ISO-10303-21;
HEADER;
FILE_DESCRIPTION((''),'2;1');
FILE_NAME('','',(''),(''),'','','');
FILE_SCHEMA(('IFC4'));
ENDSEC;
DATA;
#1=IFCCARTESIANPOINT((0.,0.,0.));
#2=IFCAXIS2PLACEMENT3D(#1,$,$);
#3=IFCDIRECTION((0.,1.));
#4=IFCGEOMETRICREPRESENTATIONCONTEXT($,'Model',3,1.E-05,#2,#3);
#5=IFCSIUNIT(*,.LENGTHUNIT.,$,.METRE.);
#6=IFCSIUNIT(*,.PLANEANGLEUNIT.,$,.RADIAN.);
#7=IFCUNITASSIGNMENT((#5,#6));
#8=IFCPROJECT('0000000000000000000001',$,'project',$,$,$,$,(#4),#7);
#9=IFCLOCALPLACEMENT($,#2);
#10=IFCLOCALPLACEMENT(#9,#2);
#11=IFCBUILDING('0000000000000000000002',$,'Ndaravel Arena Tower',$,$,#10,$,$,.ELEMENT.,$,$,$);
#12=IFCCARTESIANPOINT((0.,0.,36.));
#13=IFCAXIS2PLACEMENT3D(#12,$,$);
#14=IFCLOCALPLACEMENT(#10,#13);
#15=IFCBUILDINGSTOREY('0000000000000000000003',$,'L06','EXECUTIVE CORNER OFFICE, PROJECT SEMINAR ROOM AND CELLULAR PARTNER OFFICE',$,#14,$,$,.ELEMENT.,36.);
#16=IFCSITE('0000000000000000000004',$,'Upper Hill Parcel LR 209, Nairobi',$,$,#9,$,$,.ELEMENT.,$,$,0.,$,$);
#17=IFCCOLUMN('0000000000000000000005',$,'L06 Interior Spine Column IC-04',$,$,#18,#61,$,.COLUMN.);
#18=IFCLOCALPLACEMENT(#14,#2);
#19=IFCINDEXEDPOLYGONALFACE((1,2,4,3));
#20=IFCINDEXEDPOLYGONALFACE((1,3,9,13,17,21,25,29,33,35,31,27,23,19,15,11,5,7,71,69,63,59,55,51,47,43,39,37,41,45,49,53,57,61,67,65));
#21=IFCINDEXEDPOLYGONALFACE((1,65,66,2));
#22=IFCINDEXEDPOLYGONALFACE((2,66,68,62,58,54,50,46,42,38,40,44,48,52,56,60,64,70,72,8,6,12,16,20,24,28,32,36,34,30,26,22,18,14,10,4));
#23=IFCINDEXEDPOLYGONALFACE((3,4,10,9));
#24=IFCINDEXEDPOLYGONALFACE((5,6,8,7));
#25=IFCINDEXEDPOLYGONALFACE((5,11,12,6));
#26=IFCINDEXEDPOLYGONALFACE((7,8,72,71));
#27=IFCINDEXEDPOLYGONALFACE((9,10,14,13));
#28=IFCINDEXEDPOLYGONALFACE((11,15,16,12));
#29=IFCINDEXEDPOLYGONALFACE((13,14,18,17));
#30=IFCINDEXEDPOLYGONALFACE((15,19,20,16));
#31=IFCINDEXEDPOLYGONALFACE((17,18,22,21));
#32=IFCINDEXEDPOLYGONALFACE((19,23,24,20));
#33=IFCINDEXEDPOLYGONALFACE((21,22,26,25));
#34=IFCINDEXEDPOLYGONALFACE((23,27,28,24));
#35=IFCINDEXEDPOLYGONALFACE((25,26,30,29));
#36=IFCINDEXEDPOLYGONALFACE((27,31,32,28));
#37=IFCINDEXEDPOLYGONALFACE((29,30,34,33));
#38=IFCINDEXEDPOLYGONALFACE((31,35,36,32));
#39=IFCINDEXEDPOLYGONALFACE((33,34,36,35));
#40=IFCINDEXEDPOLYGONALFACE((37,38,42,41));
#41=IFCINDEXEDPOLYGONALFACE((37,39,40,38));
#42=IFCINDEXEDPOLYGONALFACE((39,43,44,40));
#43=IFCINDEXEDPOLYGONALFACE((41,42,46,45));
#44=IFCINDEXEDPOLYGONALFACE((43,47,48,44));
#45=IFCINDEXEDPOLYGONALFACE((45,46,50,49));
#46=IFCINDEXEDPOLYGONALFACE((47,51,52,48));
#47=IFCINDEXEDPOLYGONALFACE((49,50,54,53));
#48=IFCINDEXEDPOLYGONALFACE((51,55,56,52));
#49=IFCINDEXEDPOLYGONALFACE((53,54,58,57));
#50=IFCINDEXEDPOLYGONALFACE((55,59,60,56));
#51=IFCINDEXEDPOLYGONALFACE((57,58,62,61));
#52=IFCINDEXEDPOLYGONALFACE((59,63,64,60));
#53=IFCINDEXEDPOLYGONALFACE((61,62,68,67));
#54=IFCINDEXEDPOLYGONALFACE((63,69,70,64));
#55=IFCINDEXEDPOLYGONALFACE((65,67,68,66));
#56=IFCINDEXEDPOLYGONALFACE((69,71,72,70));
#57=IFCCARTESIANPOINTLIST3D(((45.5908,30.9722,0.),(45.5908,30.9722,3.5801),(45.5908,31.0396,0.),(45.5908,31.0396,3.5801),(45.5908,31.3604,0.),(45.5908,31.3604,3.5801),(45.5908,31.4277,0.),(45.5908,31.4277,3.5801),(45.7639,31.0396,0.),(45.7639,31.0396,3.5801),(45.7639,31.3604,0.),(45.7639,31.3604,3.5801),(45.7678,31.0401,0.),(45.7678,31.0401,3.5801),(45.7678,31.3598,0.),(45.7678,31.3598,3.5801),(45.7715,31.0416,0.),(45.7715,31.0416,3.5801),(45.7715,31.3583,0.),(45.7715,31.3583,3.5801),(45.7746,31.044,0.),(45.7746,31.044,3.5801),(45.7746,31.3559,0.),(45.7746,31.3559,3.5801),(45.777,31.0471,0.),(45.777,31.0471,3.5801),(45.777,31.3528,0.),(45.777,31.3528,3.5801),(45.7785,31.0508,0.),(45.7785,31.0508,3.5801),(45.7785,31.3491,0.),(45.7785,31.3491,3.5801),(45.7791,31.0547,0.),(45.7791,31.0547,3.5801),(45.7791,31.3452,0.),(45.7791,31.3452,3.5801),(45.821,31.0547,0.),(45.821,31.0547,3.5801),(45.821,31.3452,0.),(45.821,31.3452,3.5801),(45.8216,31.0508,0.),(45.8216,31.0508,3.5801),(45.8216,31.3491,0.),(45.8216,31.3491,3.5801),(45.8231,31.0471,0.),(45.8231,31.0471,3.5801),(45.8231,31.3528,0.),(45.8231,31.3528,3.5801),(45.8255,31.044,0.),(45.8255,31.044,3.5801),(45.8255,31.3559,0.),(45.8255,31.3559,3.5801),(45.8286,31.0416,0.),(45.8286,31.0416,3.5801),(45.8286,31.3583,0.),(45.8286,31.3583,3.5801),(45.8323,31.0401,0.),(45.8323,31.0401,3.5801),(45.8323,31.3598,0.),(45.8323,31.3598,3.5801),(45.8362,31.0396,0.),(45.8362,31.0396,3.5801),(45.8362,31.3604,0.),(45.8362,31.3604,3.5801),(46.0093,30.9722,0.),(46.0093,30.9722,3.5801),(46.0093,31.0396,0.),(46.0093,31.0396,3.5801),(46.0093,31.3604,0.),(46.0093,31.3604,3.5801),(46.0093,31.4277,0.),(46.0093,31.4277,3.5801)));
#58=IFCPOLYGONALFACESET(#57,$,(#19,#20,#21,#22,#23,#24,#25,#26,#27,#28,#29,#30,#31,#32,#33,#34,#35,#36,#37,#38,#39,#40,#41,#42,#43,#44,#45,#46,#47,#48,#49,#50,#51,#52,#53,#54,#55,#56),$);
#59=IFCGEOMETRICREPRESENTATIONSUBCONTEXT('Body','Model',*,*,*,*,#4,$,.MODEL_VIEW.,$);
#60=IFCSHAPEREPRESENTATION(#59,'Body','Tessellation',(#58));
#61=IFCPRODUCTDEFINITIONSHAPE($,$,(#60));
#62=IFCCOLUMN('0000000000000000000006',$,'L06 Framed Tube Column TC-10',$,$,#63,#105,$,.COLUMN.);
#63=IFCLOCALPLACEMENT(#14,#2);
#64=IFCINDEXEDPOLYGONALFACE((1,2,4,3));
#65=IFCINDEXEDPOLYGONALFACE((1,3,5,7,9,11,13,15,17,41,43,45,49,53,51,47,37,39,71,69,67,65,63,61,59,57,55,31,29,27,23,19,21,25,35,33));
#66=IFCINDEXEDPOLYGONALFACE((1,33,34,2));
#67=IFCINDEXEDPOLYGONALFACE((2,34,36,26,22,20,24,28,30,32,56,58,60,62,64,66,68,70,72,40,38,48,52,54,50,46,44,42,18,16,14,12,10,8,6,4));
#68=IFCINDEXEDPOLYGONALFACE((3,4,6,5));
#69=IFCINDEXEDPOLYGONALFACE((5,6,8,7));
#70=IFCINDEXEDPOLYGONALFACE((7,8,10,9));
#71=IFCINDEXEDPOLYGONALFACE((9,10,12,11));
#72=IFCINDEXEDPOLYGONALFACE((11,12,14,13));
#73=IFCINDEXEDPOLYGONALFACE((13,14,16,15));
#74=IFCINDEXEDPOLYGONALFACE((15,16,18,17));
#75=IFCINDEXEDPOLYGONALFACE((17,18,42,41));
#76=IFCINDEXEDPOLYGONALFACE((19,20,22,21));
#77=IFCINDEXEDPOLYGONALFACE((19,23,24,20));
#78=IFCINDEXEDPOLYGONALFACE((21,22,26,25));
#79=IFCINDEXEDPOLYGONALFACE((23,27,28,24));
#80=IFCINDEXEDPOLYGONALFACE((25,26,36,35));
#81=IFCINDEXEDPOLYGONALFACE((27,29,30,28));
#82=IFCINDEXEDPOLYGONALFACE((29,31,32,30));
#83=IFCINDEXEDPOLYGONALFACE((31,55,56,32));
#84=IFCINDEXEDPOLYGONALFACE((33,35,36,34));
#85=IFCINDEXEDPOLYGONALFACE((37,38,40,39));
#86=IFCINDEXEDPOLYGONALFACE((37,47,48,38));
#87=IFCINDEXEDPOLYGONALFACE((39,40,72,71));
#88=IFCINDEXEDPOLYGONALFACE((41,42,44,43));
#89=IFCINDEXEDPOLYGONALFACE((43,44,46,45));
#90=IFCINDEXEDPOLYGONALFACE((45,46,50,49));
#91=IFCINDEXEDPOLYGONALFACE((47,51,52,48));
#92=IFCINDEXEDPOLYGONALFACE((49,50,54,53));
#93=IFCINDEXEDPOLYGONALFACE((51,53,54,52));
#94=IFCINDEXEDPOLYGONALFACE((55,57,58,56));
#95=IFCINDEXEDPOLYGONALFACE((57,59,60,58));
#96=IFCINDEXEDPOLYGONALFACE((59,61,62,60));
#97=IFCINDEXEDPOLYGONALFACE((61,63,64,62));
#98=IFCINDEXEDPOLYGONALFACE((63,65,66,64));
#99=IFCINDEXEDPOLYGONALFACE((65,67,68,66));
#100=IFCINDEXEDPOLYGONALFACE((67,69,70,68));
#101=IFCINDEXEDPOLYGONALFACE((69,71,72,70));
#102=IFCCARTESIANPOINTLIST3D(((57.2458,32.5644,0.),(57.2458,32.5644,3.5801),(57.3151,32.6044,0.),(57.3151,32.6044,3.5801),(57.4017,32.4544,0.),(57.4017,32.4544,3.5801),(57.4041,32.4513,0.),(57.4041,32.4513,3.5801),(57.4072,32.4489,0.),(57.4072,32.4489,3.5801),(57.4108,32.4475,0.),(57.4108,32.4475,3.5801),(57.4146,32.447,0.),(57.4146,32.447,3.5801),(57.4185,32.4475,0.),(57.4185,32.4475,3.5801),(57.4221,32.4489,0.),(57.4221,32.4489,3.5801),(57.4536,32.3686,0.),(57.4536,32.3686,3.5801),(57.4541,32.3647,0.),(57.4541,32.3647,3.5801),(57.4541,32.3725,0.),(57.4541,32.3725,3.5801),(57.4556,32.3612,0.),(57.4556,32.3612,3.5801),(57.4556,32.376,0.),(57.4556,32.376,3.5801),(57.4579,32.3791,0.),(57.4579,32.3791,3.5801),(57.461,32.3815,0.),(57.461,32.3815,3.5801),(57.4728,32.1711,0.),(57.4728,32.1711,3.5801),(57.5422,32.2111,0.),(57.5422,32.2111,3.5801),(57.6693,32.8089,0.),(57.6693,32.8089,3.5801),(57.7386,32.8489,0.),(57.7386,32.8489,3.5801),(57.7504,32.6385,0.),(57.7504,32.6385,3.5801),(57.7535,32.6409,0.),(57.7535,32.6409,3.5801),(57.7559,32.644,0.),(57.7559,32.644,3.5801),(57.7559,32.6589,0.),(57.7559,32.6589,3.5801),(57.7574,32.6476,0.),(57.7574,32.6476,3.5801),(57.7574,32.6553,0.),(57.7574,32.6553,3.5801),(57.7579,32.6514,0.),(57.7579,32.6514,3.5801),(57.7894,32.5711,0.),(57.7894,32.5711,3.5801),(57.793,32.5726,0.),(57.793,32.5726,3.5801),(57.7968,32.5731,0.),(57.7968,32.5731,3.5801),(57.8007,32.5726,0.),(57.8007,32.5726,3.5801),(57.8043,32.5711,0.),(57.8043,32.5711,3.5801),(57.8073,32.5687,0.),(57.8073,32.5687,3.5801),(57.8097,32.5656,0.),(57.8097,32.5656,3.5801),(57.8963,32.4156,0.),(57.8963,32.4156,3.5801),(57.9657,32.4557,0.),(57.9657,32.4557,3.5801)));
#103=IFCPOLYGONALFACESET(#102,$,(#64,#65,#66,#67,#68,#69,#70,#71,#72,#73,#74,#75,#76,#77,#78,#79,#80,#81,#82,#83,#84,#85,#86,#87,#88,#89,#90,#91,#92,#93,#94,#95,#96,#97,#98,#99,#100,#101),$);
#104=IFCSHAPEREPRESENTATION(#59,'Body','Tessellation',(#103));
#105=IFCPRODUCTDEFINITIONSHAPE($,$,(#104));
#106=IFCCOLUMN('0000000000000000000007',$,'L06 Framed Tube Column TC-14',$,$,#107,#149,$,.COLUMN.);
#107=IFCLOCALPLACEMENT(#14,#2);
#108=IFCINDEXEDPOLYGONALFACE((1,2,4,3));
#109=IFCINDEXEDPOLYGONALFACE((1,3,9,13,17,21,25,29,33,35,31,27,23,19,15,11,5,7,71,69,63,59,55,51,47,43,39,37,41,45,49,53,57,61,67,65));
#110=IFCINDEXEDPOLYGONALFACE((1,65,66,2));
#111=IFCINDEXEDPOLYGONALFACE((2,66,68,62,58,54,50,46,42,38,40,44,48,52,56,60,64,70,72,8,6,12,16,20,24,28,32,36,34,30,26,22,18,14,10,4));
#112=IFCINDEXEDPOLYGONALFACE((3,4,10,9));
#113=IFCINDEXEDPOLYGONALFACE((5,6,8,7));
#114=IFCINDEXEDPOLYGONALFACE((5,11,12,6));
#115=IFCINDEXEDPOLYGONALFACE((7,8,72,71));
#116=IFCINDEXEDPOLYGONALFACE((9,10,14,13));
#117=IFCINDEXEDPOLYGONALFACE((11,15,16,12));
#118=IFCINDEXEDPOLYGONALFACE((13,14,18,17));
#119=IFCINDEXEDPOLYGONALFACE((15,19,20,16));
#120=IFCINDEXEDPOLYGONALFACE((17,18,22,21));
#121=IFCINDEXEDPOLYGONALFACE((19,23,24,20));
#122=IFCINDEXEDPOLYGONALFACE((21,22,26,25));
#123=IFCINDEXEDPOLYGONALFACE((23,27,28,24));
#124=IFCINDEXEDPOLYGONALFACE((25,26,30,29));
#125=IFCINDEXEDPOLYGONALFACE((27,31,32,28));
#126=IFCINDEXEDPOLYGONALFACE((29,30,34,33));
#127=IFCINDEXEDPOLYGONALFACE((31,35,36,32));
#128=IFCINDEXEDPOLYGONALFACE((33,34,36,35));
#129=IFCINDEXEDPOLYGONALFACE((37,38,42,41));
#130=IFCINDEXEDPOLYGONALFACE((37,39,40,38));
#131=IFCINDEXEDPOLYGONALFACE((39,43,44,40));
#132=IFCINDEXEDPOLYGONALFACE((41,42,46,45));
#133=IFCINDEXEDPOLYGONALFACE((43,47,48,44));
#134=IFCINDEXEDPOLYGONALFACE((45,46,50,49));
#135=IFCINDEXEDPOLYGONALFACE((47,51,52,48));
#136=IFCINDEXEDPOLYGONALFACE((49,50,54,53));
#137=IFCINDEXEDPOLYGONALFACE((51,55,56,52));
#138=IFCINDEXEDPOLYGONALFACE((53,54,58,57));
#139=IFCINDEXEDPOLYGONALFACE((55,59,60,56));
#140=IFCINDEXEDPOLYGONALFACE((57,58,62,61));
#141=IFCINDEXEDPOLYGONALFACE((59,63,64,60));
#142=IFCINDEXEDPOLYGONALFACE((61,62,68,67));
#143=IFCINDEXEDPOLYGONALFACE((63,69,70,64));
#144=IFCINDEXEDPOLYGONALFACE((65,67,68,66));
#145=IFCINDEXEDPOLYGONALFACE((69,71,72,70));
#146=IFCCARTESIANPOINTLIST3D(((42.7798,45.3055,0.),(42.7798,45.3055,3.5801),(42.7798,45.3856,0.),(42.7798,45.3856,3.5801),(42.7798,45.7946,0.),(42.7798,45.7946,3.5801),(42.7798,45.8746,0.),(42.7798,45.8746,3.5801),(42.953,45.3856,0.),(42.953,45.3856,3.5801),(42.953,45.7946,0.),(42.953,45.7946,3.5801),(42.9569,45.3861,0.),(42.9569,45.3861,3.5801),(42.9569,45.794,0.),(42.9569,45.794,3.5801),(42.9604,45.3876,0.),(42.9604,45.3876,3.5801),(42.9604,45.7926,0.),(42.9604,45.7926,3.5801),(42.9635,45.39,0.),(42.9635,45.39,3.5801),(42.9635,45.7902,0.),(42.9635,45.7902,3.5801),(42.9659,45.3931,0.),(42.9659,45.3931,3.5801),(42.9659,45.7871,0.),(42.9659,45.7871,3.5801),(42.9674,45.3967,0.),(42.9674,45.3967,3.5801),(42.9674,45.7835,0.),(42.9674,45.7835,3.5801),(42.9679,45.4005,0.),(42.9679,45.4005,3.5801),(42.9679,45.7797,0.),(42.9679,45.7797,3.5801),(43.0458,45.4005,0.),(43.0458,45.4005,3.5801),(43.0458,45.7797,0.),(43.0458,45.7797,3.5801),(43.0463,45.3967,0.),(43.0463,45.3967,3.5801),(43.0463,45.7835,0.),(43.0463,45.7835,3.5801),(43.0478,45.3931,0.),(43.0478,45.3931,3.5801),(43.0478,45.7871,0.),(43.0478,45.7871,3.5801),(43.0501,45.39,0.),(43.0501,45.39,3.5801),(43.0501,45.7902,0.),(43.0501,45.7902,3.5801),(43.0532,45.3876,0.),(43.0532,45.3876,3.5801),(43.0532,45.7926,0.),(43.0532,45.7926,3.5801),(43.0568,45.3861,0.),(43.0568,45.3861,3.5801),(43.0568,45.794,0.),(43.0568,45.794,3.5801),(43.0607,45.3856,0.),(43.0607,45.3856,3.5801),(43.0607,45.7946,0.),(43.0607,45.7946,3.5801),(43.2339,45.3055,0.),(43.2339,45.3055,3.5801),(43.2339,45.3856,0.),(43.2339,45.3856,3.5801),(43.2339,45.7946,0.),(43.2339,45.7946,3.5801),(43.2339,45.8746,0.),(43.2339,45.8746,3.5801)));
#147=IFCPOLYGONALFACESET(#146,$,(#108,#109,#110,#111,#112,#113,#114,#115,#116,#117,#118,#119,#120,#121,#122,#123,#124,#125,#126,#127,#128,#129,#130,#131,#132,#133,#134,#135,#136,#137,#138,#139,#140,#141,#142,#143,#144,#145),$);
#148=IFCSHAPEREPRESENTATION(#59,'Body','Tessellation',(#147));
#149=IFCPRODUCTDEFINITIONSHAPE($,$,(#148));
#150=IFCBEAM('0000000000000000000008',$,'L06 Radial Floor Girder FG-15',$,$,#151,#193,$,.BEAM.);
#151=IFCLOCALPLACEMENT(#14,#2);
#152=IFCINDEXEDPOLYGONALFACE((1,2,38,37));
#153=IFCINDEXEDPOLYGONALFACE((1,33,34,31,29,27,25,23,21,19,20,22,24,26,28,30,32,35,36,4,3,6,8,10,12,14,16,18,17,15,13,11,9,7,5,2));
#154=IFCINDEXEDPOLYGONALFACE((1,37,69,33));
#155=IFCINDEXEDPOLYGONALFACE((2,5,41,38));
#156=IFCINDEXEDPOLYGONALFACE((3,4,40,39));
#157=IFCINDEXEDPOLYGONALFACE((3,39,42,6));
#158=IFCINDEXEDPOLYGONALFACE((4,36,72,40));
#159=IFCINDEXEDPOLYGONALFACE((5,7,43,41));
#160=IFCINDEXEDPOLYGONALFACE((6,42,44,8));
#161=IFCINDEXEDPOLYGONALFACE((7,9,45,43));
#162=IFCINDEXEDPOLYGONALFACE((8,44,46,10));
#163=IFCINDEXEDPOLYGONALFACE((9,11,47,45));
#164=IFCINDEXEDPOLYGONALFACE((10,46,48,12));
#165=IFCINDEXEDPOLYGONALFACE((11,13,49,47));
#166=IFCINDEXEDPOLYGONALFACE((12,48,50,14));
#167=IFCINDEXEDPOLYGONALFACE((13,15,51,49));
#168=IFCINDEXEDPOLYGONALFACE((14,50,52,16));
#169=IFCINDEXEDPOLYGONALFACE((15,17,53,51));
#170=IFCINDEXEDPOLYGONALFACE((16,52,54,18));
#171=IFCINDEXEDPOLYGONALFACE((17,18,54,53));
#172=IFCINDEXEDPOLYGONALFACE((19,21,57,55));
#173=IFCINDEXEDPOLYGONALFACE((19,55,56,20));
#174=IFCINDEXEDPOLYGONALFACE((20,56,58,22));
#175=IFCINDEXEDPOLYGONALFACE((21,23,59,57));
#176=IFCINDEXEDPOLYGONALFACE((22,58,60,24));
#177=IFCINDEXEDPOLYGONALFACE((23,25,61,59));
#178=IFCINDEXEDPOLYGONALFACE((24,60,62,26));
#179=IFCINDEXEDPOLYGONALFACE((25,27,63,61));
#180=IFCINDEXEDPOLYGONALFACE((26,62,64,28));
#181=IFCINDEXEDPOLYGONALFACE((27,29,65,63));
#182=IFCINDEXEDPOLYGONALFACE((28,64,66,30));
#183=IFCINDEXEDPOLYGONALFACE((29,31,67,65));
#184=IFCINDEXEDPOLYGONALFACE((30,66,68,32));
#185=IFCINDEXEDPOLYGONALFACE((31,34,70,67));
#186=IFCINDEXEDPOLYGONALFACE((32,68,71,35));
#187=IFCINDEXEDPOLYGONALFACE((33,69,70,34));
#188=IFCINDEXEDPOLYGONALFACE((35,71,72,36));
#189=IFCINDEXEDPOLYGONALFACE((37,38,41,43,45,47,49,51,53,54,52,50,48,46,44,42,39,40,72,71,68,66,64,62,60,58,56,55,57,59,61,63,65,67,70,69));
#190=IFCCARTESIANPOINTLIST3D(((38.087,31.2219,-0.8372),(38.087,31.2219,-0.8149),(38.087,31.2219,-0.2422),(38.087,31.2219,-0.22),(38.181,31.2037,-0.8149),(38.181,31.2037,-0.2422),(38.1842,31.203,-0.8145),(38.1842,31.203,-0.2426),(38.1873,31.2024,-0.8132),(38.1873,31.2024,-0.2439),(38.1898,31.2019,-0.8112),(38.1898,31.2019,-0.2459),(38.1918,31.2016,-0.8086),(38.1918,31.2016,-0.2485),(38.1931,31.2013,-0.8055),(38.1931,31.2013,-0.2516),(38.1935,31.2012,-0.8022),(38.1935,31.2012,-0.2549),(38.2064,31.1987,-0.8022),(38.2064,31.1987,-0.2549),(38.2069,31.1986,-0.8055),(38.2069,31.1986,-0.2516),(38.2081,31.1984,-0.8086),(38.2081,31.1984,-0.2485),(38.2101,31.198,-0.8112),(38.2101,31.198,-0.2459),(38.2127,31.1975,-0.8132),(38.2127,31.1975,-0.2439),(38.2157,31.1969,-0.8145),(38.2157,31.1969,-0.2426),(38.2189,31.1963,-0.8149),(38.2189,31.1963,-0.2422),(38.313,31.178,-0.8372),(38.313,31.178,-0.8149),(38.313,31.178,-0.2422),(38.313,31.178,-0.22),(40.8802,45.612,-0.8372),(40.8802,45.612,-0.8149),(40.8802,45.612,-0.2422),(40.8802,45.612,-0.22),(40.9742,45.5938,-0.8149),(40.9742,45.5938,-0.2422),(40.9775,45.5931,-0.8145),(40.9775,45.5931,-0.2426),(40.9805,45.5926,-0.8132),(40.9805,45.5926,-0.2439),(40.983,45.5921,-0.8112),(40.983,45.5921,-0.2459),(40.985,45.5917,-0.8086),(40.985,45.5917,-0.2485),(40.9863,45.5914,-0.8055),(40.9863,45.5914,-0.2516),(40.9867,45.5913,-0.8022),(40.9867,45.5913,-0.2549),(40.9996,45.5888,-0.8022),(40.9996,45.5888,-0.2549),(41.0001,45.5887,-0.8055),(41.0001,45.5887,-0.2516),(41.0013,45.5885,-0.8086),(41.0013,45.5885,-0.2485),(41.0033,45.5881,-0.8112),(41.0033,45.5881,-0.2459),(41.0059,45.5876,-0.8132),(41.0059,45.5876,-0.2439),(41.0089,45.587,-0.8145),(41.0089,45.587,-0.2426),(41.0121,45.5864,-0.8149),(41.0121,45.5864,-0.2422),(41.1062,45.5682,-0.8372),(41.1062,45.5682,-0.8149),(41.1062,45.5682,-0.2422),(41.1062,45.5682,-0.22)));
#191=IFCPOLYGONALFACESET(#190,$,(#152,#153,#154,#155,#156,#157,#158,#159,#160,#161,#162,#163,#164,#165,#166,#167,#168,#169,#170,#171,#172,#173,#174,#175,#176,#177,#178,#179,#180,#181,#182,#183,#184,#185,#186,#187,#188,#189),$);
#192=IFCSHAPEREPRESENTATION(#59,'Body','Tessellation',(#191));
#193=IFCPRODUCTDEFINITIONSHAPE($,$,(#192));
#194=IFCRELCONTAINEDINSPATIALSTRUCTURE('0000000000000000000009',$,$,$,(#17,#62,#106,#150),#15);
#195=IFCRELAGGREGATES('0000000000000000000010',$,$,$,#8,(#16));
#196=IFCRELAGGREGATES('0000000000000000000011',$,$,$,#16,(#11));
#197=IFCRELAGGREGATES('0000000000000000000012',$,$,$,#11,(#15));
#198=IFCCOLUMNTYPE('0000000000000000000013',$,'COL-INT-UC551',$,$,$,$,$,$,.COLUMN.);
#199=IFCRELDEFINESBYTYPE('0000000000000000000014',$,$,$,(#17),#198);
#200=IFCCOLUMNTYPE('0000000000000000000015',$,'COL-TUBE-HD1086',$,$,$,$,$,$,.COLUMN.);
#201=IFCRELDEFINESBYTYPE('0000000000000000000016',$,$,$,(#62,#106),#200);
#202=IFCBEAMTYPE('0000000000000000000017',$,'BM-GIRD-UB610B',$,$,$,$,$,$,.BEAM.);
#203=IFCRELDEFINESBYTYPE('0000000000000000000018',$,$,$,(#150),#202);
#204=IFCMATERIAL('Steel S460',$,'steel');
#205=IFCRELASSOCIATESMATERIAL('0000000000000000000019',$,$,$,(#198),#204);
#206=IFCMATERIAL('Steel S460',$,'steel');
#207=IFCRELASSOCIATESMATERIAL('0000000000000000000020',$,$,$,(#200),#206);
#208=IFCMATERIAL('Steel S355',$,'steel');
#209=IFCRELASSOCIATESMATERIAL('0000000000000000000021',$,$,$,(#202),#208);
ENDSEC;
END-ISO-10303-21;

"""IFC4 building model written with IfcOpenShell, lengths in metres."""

from ifc_helpers import new_model, si_unit, direction, frame, origin, origin_2d, place, context, subcontext, project, spatial, i_section, extrude, material, material_profile, profile_set, type_object, element, save


model = new_model("IFC4")

# Units and contexts
model_context = context("Model", 3, precision=1e-05, world=origin(), true_north=direction((0.0, 1.0)))
body_context = subcontext(model_context, "Body", "Model", "MODEL_VIEW")
ifc_project = project(units=[si_unit("LENGTHUNIT", "METRE"), si_unit("PLANEANGLEUNIT", "RADIAN")], contexts=[model_context])

# Site, building, storey
site_placement = place(None, origin())
site = spatial("IfcSite", under=ifc_project, at=site_placement, Name="Upper Hill Parcel LR 209, Nairobi", CompositionType="ELEMENT", RefElevation=0.0)
building_placement = place(site_placement, origin())
building = spatial("IfcBuilding", under=site, at=building_placement, Name="Ndaravel Arena Tower", CompositionType="ELEMENT")
storey_placement = place(building_placement, frame((0.0, 0.0, 36.0)))
storey = spatial("IfcBuildingStorey", under=building, at=storey_placement, Name="L06", Description="EXECUTIVE CORNER OFFICE, PROJECT SEMINAR ROOM AND CELLULAR PARTNER OFFICE", CompositionType="ELEMENT", Elevation=36.0)

# Columns
ifc_material_1 = material(Name="Steel S460", Category="steel")
ifc_material_profile_1 = material_profile(ifc_material_1, i_section(OverallWidth=0.4185, OverallDepth=0.4556, WebThickness=0.042, FlangeThickness=0.0674, FilletRadius=0.0151, at=origin_2d()), Name="UC 356x406x551")
ifc_profile_set_1 = profile_set([ifc_material_profile_1], Name="Steel S460")
column_type_1 = type_object("IfcColumnType", Name="COL-INT-UC551", PredefinedType="COLUMN", material=ifc_profile_set_1)
column_placement = place(storey_placement, frame((45.8, 31.2, 0.0), z_axis=(0.0, 0.0, 1.0), x_axis=(1.0, 0.0, 0.0)))
element("IfcColumn", 1, at=column_placement, inside=storey, type_object=column_type_1, Name="L06 Interior Spine Column IC-04", PredefinedType="COLUMN", context=body_context, shape_type="SweptSolid", body=[
    extrude(i_section(OverallWidth=0.4185, OverallDepth=0.4556, WebThickness=0.042, FlangeThickness=0.0674, FilletRadius=0.0151, at=origin_2d()), origin(), (0.0, 0.0, 1.0), 3.5801),
])
ifc_material_2 = material(Name="Steel S460", Category="steel")
ifc_material_profile_2 = material_profile(ifc_material_2, i_section(OverallWidth=0.4541, OverallDepth=0.5691, WebThickness=0.0779, FlangeThickness=0.0801, FilletRadius=0.0149, at=origin_2d()), Name="HD 400x1086")
ifc_profile_set_2 = profile_set([ifc_material_profile_2], Name="Steel S460")
column_type_2 = type_object("IfcColumnType", Name="COL-TUBE-HD1086", PredefinedType="COLUMN", material=ifc_profile_set_2)
for number, where, z_axis, x_axis, name in (
    (2, (57.6057, 32.51, 0.0), (0.0, 0.0, 1.0), (-0.5, 0.866025, 0.0), "L06 Framed Tube Column TC-10"),
    (3, (43.0068, 45.5901, 0.0), (0.0, 0.0, 1.0), (1.0, 0.0, 0.0), "L06 Framed Tube Column TC-14"),
):
    element("IfcColumn", number, at=place(storey_placement, frame(where, z_axis=z_axis, x_axis=x_axis)), inside=storey, type_object=column_type_2, Name=name, PredefinedType="COLUMN", context=body_context, shape_type="SweptSolid", body=[
        extrude(i_section(OverallWidth=0.4541, OverallDepth=0.5691, WebThickness=0.0779, FlangeThickness=0.0801, FilletRadius=0.0149, at=origin_2d()), origin(), (0.0, 0.0, 1.0), 3.5801),
    ])

# Beam
ifc_material_3 = material(Name="Steel S355", Category="steel")
ifc_material_profile_3 = material_profile(ifc_material_3, i_section(OverallWidth=0.2302, OverallDepth=0.6172, WebThickness=0.0132, FlangeThickness=0.0222, FilletRadius=0.0127, at=origin_2d()), Name="UB 610x229x140")
ifc_profile_set_3 = profile_set([ifc_material_profile_3], Name="Steel S355")
beam_type_1 = type_object("IfcBeamType", Name="BM-GIRD-UB610B", PredefinedType="BEAM", material=ifc_profile_set_3)
beam_1_placement = place(storey_placement, frame((40.9932, 45.5901, -0.5286), z_axis=(-0.19055, -0.981678, 0.0), x_axis=(0.981678, -0.19055, 0.0)))
element("IfcBeam", 4, at=beam_1_placement, inside=storey, type_object=beam_type_1, Name="L06 Radial Floor Girder FG-15", PredefinedType="BEAM", context=body_context, shape_type="SweptSolid", body=[
    extrude(i_section(OverallWidth=0.2302, OverallDepth=0.6172, WebThickness=0.0132, FlangeThickness=0.0222, FilletRadius=0.0127, at=origin_2d()), origin(), (0.0, 0.0, 1.0), 14.6587),
])

save(model, "model.ifc")
